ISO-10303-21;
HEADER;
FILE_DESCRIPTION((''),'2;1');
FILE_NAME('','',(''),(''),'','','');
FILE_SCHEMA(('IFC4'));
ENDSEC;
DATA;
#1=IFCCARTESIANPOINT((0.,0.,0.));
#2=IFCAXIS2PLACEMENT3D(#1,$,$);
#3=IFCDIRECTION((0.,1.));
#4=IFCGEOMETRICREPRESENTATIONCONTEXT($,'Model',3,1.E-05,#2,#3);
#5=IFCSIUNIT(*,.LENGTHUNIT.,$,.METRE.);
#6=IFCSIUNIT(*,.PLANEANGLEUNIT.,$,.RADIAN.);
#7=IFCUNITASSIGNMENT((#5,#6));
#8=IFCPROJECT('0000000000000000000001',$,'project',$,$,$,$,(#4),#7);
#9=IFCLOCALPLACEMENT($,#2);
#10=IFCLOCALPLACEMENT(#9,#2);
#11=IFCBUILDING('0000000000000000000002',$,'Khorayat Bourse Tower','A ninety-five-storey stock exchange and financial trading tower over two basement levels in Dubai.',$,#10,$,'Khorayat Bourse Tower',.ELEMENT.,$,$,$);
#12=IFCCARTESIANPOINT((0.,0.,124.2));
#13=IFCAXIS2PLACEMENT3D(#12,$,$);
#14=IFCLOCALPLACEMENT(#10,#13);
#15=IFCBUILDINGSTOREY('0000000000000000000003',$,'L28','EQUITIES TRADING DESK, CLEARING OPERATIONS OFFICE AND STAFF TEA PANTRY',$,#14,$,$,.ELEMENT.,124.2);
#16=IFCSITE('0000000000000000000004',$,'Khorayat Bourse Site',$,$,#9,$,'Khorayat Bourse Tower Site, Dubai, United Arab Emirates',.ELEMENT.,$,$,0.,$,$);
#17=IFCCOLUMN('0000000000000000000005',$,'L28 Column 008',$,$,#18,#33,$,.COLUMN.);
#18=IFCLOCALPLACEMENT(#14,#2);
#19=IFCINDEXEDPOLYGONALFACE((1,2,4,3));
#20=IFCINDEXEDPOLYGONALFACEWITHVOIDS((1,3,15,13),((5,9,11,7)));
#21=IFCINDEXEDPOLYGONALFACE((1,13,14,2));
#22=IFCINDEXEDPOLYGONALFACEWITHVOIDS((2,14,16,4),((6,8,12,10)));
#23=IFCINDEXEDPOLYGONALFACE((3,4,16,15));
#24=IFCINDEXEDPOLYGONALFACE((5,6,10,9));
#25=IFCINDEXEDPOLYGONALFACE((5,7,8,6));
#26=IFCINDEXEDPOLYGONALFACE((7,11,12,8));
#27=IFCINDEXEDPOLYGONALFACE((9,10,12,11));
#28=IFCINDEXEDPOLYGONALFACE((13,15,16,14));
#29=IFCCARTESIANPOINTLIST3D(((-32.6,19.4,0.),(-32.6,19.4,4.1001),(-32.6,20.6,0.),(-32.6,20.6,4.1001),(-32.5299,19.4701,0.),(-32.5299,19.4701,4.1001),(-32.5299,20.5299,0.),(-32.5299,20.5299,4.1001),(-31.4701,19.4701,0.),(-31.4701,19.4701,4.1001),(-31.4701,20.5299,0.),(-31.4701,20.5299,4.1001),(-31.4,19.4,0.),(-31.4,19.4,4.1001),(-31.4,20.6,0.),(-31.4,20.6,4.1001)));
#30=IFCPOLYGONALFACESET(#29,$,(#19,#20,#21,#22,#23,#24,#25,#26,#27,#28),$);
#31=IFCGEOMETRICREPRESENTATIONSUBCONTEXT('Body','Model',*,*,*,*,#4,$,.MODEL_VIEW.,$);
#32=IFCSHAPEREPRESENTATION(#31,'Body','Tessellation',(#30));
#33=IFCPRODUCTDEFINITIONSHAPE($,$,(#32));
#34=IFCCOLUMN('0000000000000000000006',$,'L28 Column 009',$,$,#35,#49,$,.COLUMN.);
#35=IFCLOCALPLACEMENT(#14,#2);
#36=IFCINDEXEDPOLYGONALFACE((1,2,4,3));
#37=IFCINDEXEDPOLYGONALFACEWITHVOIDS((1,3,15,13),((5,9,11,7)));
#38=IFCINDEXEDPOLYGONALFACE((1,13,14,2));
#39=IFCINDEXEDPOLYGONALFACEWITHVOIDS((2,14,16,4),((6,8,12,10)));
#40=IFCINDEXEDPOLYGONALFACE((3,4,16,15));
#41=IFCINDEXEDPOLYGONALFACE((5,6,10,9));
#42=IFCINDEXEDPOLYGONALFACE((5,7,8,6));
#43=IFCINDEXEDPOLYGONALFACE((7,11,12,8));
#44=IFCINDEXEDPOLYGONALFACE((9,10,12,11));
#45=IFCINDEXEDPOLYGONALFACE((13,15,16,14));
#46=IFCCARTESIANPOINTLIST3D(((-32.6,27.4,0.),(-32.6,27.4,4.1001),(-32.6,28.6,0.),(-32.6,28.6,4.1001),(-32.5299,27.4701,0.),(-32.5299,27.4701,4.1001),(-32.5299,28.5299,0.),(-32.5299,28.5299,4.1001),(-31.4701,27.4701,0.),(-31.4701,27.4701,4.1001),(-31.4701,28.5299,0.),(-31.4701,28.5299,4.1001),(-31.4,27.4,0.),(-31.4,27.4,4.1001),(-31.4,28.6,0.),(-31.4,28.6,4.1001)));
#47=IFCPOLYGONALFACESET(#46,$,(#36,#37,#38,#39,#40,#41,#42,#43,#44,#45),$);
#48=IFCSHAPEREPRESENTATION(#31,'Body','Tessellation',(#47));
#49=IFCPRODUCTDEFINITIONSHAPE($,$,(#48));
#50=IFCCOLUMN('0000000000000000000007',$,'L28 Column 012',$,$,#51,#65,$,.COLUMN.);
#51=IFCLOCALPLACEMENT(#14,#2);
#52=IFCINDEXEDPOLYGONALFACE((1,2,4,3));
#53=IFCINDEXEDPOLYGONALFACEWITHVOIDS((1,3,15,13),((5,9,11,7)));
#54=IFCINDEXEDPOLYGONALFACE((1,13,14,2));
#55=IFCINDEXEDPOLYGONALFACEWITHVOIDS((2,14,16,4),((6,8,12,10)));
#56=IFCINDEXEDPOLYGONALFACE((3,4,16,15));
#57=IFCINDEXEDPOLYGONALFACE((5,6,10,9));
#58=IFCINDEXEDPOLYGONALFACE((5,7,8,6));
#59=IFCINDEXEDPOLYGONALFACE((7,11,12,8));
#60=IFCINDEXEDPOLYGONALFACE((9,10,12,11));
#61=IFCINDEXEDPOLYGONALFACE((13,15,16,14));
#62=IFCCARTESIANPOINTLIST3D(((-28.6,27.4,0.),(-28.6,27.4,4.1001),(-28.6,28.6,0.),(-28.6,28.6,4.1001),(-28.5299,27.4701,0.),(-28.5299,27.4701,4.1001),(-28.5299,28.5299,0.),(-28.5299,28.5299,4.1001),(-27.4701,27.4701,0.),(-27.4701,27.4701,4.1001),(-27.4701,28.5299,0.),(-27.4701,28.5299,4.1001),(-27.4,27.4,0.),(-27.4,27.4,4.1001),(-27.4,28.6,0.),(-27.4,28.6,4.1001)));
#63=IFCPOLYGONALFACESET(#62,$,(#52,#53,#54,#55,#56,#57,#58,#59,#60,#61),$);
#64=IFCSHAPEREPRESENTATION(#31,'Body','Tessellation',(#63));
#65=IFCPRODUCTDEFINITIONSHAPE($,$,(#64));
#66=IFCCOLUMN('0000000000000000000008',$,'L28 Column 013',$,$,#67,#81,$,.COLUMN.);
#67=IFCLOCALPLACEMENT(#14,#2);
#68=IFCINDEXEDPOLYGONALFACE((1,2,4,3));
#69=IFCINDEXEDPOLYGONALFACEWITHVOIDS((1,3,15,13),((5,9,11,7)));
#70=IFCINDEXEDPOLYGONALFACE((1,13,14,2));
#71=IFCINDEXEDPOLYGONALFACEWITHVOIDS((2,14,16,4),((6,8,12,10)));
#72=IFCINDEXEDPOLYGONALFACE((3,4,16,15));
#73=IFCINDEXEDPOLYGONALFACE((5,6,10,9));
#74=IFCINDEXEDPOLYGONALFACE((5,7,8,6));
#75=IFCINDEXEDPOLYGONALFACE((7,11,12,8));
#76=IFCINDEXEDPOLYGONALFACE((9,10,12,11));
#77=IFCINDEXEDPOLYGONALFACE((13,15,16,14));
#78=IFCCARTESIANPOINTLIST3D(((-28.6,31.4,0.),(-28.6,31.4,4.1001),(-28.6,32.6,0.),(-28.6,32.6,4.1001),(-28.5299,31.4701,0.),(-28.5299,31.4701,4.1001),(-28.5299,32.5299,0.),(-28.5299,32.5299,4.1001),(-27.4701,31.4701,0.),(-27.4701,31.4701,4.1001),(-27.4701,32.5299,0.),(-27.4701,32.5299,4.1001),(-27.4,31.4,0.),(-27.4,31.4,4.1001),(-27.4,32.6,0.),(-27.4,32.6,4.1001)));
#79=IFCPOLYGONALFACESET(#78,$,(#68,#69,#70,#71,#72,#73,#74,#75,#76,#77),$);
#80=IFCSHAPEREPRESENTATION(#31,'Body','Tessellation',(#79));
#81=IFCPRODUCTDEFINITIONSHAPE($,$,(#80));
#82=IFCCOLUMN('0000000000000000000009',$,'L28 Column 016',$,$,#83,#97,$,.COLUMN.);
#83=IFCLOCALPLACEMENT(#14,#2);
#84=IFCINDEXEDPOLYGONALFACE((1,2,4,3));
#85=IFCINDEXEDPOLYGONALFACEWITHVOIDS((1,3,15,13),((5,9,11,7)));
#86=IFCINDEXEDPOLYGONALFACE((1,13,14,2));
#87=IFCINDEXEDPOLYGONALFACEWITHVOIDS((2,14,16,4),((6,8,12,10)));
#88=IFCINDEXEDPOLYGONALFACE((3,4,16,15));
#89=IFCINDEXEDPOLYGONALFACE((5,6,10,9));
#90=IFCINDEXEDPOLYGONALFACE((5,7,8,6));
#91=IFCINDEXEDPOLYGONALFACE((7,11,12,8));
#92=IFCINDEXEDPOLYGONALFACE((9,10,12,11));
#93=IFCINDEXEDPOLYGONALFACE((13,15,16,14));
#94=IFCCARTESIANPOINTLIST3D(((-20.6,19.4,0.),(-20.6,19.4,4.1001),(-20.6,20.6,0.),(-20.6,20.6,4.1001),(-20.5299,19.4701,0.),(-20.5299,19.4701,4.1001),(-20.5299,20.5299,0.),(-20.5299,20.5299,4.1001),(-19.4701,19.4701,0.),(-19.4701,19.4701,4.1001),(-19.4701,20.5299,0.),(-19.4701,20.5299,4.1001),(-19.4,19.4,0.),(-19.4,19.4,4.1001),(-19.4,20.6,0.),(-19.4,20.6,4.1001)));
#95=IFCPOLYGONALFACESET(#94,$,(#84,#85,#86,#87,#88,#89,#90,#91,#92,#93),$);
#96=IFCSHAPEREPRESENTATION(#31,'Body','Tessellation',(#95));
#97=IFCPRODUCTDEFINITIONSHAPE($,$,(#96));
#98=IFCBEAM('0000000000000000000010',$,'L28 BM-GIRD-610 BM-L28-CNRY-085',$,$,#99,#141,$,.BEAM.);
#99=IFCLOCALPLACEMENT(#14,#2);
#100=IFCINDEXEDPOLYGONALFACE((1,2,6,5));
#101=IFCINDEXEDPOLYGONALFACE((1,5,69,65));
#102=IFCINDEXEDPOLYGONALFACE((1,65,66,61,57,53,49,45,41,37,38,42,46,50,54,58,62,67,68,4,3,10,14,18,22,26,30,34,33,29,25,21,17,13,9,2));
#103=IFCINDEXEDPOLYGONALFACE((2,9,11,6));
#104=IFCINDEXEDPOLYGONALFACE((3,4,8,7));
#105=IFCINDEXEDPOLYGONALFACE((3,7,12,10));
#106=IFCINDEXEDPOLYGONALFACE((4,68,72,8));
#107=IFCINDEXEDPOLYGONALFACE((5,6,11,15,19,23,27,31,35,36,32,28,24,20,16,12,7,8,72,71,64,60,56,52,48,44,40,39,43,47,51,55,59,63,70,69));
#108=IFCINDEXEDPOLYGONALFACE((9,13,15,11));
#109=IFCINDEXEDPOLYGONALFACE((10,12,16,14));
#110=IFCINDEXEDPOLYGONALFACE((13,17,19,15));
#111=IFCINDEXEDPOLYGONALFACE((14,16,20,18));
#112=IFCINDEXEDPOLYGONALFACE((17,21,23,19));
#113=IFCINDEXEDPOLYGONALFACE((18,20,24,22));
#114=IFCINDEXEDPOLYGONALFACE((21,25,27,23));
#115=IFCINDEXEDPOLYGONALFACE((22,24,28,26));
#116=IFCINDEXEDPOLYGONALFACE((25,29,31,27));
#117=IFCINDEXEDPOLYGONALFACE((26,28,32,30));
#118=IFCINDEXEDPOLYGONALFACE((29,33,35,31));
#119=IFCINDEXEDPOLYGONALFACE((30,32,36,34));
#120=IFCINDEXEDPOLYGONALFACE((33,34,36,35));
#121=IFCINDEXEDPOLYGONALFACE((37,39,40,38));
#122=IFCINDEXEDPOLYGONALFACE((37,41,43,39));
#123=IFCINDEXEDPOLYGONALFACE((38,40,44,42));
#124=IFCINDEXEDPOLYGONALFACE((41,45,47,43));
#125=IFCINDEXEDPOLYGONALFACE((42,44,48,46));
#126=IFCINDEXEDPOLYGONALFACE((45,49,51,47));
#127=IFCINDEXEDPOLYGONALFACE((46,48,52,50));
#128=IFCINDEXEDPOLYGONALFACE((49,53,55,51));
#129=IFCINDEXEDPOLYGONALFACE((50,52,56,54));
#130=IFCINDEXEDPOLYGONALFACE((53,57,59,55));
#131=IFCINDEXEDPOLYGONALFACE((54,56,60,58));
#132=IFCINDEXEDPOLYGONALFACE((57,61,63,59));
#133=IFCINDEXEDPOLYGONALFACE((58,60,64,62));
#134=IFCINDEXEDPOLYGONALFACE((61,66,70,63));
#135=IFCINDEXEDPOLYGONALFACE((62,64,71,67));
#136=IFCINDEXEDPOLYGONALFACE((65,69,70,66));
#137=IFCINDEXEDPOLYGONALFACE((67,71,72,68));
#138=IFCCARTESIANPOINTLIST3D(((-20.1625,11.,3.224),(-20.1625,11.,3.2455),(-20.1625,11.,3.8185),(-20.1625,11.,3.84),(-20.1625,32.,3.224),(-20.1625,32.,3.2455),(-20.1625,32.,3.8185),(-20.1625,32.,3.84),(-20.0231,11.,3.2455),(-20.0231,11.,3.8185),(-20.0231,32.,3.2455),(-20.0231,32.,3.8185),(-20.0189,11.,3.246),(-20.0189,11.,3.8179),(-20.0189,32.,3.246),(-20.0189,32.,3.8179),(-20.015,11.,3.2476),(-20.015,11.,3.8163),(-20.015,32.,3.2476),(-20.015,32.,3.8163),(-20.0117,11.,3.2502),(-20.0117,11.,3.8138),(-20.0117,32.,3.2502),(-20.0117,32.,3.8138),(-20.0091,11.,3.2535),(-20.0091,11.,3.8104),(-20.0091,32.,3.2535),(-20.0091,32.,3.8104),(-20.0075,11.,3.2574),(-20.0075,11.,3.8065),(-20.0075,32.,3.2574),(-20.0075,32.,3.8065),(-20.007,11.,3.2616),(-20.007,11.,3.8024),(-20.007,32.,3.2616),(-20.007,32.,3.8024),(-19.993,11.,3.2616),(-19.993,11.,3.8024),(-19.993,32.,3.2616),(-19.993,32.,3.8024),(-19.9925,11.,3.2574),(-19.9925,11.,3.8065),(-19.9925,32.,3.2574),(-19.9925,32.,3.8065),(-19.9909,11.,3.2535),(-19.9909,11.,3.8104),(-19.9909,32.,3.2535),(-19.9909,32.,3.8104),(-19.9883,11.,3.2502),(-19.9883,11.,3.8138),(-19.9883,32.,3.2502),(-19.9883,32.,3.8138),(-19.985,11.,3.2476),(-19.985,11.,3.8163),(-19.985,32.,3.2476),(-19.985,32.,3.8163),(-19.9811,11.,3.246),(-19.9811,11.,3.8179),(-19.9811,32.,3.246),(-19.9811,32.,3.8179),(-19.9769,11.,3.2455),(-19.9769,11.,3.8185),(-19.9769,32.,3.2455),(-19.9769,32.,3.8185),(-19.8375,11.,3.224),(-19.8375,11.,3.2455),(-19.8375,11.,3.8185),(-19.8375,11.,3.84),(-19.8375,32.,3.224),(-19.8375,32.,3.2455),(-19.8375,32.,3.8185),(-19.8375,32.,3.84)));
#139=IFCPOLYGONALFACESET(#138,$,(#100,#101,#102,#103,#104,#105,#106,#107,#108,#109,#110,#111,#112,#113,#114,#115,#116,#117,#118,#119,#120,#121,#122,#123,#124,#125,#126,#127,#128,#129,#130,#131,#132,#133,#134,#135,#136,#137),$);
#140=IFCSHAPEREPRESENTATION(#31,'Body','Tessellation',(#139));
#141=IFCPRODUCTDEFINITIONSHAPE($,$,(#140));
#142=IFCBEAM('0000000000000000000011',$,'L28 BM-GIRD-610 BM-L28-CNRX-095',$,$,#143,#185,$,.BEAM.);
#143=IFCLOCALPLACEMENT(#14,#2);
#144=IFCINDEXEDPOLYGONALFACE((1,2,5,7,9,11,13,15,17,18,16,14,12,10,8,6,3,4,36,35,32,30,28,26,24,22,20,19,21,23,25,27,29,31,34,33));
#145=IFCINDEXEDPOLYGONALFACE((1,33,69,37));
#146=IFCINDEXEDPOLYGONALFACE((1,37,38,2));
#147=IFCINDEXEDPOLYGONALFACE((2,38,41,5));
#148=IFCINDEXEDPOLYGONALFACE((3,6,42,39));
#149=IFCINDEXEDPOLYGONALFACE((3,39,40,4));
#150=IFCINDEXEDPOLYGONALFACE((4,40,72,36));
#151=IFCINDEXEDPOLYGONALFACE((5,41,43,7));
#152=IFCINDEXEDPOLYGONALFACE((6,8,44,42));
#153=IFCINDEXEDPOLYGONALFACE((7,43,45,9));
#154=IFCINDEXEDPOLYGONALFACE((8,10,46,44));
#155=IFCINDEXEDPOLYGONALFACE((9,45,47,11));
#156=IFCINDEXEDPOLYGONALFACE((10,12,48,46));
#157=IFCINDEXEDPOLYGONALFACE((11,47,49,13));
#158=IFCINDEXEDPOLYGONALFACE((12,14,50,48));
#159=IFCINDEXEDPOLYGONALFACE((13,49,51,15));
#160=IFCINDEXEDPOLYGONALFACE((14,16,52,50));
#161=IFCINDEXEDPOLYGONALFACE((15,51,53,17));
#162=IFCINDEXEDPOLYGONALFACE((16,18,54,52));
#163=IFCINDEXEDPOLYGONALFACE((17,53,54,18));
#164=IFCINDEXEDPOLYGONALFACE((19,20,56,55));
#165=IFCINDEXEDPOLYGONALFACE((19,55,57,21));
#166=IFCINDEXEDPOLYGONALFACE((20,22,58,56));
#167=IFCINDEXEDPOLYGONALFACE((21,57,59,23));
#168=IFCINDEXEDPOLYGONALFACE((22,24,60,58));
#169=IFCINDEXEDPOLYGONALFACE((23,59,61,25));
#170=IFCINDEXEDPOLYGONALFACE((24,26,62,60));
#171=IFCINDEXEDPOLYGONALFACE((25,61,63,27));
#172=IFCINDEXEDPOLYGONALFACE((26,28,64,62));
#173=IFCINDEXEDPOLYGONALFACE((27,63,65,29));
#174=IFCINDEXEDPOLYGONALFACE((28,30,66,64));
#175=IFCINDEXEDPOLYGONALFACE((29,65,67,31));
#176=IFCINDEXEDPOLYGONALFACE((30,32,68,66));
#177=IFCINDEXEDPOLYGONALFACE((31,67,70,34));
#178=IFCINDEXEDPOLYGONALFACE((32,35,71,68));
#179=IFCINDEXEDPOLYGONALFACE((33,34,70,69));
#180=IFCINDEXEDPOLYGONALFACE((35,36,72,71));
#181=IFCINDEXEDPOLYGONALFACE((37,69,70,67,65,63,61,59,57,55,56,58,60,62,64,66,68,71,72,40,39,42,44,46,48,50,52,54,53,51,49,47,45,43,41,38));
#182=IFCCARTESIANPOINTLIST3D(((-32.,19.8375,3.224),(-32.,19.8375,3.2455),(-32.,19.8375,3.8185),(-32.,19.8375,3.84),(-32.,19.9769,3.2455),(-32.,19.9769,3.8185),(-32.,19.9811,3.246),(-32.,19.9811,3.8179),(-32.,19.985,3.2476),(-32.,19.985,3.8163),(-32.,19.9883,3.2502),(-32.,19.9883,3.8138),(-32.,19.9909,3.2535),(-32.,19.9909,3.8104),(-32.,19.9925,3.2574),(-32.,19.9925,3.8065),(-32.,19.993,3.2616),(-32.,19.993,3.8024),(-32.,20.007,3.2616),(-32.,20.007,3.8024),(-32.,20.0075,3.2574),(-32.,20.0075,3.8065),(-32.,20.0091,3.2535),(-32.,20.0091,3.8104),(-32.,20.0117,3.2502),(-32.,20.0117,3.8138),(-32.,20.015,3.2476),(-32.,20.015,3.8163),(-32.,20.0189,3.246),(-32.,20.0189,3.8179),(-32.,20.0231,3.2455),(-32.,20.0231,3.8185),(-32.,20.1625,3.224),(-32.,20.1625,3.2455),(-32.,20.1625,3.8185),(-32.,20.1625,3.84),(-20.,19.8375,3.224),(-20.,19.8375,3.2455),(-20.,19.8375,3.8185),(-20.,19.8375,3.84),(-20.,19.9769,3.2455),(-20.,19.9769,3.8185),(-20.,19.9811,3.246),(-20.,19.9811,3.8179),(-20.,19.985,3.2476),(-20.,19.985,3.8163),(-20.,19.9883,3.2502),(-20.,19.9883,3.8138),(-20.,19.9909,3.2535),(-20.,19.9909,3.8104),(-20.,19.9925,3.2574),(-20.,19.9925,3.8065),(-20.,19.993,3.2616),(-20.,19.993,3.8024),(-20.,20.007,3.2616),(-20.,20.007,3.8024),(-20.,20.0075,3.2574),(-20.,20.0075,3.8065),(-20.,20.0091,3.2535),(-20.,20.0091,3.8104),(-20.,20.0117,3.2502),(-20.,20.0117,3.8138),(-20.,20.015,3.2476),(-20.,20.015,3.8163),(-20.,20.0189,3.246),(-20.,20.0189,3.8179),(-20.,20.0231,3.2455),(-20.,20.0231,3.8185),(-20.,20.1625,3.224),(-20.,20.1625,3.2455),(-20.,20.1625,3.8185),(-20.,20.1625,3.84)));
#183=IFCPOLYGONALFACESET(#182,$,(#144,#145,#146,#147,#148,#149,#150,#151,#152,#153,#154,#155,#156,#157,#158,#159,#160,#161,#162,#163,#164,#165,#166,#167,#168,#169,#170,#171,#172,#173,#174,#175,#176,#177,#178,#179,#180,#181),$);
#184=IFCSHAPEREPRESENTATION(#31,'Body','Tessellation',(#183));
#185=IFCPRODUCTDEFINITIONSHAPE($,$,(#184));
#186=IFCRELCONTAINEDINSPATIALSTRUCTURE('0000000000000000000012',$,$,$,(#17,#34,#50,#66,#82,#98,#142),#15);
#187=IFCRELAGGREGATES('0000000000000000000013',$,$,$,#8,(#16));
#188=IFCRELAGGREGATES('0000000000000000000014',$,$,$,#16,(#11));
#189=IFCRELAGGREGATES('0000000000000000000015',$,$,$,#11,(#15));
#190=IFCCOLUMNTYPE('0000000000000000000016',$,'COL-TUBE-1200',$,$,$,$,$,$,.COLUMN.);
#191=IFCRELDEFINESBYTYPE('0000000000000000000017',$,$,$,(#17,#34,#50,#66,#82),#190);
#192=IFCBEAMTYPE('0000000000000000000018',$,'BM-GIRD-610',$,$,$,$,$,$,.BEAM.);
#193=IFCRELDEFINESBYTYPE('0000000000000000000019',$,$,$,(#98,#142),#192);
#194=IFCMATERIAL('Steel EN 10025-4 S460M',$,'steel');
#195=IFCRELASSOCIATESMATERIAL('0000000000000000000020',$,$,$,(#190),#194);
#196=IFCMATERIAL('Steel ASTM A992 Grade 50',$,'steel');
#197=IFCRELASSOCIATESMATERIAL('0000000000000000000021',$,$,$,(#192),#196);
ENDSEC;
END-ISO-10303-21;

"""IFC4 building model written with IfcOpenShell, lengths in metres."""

from ifc_helpers import new_model, si_unit, direction, frame, origin, origin_2d, place, context, subcontext, project, spatial, hollow_rectangle, i_section, extrude, source, transform, mapped, material, material_profile, profile_set, type_object, element, save


model = new_model("IFC4")

# Units and contexts
model_context = context("Model", 3, precision=1e-05, world=origin(), true_north=direction((0.0, 1.0)))
body_context = subcontext(model_context, "Body", "Model", "MODEL_VIEW")
ifc_project = project(units=[si_unit("LENGTHUNIT", "METRE"), si_unit("PLANEANGLEUNIT", "RADIAN")], contexts=[model_context])

# Site, building, storey
site_placement = place(None, origin())
site = spatial("IfcSite", under=ifc_project, at=site_placement, Name="Khorayat Bourse Site", LongName="Khorayat Bourse Tower Site, Dubai, United Arab Emirates", CompositionType="ELEMENT", RefElevation=0.0)
building_placement = place(site_placement, origin())
building = spatial("IfcBuilding", under=site, at=building_placement, Name="Khorayat Bourse Tower", Description="A ninety-five-storey stock exchange and financial trading tower over two basement levels in Dubai.", LongName="Khorayat Bourse Tower", CompositionType="ELEMENT")
storey_placement = place(building_placement, frame((0.0, 0.0, 124.2)))
storey = spatial("IfcBuildingStorey", under=building, at=storey_placement, Name="L28", Description="EQUITIES TRADING DESK, CLEARING OPERATIONS OFFICE AND STAFF TEA PANTRY", CompositionType="ELEMENT", Elevation=124.2)

# Columns
ifc_material_1 = material(Name="Steel EN 10025-4 S460M", Category="steel")
ifc_material_profile_1 = material_profile(ifc_material_1, hollow_rectangle(XDim=1.2, YDim=1.2, WallThickness=0.0701, at=origin_2d()), Name="BOX 1200x1200x70")
ifc_profile_set_1 = profile_set([ifc_material_profile_1], Name="Steel EN 10025-4 S460M")
column_type = type_object("IfcColumnType", Name="COL-TUBE-1200", PredefinedType="COLUMN", material=ifc_profile_set_1)
shared_shape_1 = source(origin(), body_context, "Body", "SweptSolid", [
    extrude(hollow_rectangle(XDim=1.2, YDim=1.2, WallThickness=0.0701, at=origin_2d()), origin(), (0.0, 0.0, 1.0), 4.1001),
])
for number, where, z_axis, x_axis, name in (
    (1, (-32.0, 20.0, 0.0), (0.0, 0.0, 1.0), (1.0, 0.0, 0.0), "L28 Column 008"),
    (2, (-32.0, 28.0, 0.0), (0.0, 0.0, 1.0), (1.0, 0.0, 0.0), "L28 Column 009"),
    (3, (-28.0, 28.0, 0.0), (0.0, 0.0, 1.0), (1.0, 0.0, 0.0), "L28 Column 012"),
    (4, (-28.0, 32.0, 0.0), (0.0, 0.0, 1.0), (1.0, 0.0, 0.0), "L28 Column 013"),
    (5, (-20.0, 20.0, 0.0), (0.0, 0.0, 1.0), (1.0, 0.0, 0.0), "L28 Column 016"),
):
    element("IfcColumn", number, at=place(storey_placement, frame(where, z_axis=z_axis, x_axis=x_axis)), inside=storey, type_object=column_type, Name=name, PredefinedType="COLUMN", context=body_context, shape_type="MappedRepresentation", body=[
        mapped(shared_shape_1, transform((0.0, 0.0, 0.0), scale=1.0)),
    ])

# Beams
ifc_material_2 = material(Name="Steel ASTM A992 Grade 50", Category="steel")
ifc_material_profile_2 = material_profile(ifc_material_2, i_section(OverallWidth=0.325, OverallDepth=0.616, WebThickness=0.0139, FlangeThickness=0.0215, FilletRadius=0.0161, at=origin_2d()), Name="W610X174")
ifc_profile_set_2 = profile_set([ifc_material_profile_2], Name="Steel ASTM A992 Grade 50")
beam_type_1 = type_object("IfcBeamType", Name="BM-GIRD-610", PredefinedType="BEAM", material=ifc_profile_set_2)
shared_shape_2 = source(origin(), body_context, "Body", "SweptSolid", [
    extrude(i_section(OverallWidth=0.325, OverallDepth=0.616, WebThickness=0.0139, FlangeThickness=0.0215, FilletRadius=0.0161, at=origin_2d()), origin(), (0.0, 0.0, 1.0), 21.0),
])
beam_1_placement = place(storey_placement, frame((-20.0, 11.0, 3.532), z_axis=(0.0, 1.0, 0.0), x_axis=(-1.0, 0.0, 0.0)))
element("IfcBeam", 6, at=beam_1_placement, inside=storey, type_object=beam_type_1, Name="L28 BM-GIRD-610 BM-L28-CNRY-085", PredefinedType="BEAM", context=body_context, shape_type="MappedRepresentation", body=[
    mapped(shared_shape_2, transform((0.0, 0.0, 0.0), scale=1.0)),
])
shared_shape_3 = source(origin(), body_context, "Body", "SweptSolid", [
    extrude(i_section(OverallWidth=0.325, OverallDepth=0.616, WebThickness=0.0139, FlangeThickness=0.0215, FilletRadius=0.0161, at=origin_2d()), origin(), (0.0, 0.0, 1.0), 12.0),
])
beam_2_placement = place(storey_placement, frame((-32.0, 20.0, 3.532), z_axis=(1.0, 0.0, 0.0), x_axis=(0.0, 1.0, 0.0)))
element("IfcBeam", 7, at=beam_2_placement, inside=storey, type_object=beam_type_1, Name="L28 BM-GIRD-610 BM-L28-CNRX-095", PredefinedType="BEAM", context=body_context, shape_type="MappedRepresentation", body=[
    mapped(shared_shape_3, transform((0.0, 0.0, 0.0), scale=1.0)),
])

save(model, "model.ifc")
